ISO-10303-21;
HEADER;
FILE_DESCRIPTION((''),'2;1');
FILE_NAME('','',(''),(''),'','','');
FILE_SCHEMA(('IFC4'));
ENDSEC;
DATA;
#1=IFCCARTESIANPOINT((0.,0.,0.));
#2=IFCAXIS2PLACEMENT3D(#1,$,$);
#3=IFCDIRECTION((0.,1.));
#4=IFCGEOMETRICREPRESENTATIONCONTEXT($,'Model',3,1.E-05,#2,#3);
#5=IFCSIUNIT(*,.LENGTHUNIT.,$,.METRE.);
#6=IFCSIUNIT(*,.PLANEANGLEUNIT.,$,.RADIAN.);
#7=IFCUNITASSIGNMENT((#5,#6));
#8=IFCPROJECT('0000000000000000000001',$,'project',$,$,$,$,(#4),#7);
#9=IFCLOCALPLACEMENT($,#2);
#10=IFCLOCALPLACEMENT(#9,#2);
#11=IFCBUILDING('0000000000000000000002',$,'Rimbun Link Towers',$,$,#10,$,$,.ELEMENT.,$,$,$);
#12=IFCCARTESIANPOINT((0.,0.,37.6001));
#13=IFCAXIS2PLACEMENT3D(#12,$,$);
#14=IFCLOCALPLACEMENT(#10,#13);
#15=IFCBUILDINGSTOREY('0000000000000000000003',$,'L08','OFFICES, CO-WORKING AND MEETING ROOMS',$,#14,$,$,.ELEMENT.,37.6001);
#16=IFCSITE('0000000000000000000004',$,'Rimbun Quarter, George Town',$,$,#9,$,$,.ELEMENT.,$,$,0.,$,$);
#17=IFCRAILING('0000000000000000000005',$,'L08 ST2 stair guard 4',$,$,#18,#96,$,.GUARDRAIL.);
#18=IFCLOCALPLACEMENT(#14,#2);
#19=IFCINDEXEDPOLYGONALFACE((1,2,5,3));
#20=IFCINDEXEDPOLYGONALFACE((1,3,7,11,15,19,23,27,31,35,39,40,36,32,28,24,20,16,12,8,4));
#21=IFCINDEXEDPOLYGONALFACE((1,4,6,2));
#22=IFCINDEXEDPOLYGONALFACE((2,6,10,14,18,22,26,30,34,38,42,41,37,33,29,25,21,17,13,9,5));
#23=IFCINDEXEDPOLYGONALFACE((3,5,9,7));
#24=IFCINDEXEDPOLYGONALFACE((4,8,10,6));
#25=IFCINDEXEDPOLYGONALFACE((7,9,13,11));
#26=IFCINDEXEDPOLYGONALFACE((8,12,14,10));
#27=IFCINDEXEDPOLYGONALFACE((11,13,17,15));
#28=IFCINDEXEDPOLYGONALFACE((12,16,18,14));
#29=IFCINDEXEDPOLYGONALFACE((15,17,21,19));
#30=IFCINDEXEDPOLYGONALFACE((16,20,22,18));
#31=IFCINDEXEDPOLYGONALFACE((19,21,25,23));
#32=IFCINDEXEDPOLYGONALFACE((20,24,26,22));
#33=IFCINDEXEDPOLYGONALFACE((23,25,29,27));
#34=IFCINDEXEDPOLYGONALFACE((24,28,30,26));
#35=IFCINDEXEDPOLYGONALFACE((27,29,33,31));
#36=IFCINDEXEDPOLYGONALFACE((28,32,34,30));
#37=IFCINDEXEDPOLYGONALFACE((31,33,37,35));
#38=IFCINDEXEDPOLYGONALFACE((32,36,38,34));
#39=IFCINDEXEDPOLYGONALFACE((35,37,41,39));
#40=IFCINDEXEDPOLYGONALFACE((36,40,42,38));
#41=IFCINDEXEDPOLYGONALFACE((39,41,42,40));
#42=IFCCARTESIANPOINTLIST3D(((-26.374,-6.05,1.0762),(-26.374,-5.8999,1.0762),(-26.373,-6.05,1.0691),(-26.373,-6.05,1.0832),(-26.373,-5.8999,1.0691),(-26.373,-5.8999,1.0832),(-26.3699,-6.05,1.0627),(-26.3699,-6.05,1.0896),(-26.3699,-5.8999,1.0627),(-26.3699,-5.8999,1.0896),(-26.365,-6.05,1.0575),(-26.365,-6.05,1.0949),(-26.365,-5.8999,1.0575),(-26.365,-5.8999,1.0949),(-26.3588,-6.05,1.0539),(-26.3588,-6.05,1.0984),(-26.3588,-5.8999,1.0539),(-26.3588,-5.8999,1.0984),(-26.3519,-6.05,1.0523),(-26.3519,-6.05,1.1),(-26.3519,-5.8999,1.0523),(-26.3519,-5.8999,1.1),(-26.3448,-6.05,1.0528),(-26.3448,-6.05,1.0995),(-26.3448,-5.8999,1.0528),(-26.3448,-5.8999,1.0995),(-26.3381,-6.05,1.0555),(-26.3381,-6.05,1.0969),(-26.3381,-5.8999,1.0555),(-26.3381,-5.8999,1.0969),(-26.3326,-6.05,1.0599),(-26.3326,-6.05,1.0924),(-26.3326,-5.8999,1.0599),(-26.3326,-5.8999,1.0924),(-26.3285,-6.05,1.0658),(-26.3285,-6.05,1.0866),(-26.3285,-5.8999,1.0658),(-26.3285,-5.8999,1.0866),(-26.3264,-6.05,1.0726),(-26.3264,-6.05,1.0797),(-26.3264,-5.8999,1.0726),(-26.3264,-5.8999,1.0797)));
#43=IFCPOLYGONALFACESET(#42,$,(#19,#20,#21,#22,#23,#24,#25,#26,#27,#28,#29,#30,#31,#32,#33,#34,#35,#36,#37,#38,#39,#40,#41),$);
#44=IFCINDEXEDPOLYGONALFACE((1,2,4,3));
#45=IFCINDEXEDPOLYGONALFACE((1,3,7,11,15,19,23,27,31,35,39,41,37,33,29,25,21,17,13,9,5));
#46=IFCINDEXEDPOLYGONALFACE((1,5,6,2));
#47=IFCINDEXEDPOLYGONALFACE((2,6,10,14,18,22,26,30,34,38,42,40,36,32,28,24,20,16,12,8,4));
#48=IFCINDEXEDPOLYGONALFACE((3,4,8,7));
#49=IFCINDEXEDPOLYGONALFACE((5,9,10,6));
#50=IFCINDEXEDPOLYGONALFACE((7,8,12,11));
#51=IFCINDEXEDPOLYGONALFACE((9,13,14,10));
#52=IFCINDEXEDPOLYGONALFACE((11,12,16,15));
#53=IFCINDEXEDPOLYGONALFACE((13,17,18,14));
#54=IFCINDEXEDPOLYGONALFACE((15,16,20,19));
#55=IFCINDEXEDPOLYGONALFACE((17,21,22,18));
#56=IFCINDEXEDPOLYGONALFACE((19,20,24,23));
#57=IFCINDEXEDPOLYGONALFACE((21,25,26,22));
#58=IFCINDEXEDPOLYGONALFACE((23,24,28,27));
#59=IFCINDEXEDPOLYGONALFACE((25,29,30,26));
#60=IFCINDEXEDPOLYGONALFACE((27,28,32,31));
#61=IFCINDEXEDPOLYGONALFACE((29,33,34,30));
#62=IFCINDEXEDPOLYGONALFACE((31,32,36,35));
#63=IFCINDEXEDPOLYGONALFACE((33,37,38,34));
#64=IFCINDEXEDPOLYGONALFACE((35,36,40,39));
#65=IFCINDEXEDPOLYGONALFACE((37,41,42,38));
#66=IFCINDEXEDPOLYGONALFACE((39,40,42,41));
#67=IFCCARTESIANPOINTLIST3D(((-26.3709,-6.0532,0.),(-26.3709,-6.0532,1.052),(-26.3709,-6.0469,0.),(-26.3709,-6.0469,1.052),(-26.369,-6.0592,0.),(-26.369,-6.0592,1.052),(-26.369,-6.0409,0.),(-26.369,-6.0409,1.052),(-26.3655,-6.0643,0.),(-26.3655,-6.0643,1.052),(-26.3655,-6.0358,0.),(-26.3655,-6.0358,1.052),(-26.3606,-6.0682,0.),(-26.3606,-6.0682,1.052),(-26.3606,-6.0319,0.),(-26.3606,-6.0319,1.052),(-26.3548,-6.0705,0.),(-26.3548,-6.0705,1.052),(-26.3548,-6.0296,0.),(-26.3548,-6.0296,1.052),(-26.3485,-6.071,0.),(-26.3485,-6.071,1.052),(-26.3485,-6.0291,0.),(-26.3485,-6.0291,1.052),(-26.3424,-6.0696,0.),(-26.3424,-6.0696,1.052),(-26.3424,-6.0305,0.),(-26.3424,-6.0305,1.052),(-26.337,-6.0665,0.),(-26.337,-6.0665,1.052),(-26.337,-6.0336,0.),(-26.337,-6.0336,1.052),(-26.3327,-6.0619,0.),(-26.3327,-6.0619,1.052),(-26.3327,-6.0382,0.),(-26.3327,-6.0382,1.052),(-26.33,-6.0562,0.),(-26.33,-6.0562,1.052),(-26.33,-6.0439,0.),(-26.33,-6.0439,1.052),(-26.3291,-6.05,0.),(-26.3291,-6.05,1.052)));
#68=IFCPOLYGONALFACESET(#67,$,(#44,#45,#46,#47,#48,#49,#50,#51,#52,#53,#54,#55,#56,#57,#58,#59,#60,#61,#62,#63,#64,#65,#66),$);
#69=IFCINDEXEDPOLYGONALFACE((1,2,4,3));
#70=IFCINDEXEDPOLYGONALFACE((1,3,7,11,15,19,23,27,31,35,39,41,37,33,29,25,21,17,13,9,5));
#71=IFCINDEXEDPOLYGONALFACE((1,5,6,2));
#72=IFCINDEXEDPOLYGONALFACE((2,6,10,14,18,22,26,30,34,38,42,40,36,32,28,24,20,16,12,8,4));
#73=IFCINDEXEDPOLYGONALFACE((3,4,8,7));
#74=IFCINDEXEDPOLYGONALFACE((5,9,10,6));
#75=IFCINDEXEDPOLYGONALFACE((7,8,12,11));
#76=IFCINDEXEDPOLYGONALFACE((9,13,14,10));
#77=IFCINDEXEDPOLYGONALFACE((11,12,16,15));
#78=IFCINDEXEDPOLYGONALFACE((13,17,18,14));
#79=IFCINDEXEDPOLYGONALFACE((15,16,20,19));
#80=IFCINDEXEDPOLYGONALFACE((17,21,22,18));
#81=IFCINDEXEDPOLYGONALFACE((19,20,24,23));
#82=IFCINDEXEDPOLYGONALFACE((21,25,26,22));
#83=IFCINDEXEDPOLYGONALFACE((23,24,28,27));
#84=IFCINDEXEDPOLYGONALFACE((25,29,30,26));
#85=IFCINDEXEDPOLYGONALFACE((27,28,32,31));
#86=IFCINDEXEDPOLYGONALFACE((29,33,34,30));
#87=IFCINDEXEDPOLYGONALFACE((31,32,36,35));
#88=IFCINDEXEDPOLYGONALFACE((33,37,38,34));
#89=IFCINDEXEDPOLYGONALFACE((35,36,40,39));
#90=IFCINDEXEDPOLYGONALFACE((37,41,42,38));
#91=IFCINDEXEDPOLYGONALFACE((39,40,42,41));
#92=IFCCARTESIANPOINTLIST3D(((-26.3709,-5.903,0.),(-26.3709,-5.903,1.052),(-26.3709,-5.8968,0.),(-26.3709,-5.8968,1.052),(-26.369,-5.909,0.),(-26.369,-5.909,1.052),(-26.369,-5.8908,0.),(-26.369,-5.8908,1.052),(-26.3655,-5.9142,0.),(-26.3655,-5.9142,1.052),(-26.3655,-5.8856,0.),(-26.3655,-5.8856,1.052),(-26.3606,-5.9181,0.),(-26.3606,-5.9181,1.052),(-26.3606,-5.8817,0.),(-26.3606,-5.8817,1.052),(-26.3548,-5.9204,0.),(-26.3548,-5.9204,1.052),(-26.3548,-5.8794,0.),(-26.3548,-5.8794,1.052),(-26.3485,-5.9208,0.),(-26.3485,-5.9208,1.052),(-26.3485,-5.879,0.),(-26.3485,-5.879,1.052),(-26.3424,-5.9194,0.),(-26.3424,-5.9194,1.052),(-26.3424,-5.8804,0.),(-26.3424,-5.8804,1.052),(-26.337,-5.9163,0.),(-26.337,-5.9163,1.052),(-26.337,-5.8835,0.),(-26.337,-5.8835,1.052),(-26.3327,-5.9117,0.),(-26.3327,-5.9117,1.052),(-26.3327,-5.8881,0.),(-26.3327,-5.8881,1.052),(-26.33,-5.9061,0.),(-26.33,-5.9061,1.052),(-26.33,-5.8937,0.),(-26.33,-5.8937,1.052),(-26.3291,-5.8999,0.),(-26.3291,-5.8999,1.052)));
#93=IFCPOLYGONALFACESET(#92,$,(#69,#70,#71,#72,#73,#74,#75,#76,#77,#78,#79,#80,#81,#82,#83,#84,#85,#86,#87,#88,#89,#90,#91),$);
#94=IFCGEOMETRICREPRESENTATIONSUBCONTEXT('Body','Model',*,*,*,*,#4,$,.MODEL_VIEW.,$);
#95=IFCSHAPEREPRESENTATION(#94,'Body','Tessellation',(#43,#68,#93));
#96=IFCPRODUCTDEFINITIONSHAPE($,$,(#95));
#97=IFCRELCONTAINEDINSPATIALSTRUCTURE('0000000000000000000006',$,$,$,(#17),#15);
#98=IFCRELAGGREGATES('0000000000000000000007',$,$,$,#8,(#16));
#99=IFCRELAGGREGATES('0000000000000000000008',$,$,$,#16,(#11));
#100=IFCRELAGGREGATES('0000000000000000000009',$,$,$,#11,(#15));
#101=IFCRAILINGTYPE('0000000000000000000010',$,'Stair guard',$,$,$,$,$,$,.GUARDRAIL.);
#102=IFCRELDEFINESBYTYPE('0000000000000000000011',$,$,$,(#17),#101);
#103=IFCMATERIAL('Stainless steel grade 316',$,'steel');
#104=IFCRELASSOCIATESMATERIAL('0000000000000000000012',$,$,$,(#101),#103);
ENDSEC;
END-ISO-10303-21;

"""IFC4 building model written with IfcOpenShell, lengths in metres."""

from ifc_helpers import new_model, si_unit, direction, frame, origin, origin_2d, place, context, subcontext, project, spatial, circle, extrude, material, type_object, element, save


model = new_model("IFC4")

# Units and contexts
model_context = context("Model", 3, precision=1e-05, world=origin(), true_north=direction((0.0, 1.0)))
body_context = subcontext(model_context, "Body", "Model", "MODEL_VIEW")
ifc_project = project(units=[si_unit("LENGTHUNIT", "METRE"), si_unit("PLANEANGLEUNIT", "RADIAN")], contexts=[model_context])

# Site, building, storey
site_placement = place(None, origin())
site = spatial("IfcSite", under=ifc_project, at=site_placement, Name="Rimbun Quarter, George Town", CompositionType="ELEMENT", RefElevation=0.0)
building_placement = place(site_placement, origin())
building = spatial("IfcBuilding", under=site, at=building_placement, Name="Rimbun Link Towers", CompositionType="ELEMENT")
storey_placement = place(building_placement, frame((0.0, 0.0, 37.6001)))
storey = spatial("IfcBuildingStorey", under=building, at=storey_placement, Name="L08", Description="OFFICES, CO-WORKING AND MEETING ROOMS", CompositionType="ELEMENT", Elevation=37.6001)

# Railing
ifc_material_1 = material(Name="Stainless steel grade 316", Category="steel")
railing_type_1 = type_object("IfcRailingType", Name="Stair guard", PredefinedType="GUARDRAIL", material=ifc_material_1)
railing_1_placement = place(storey_placement, frame((-26.3501, -6.05, 0.0)))
element("IfcRailing", 1, at=railing_1_placement, inside=storey, type_object=railing_type_1, Name="L08 ST2 stair guard 4", PredefinedType="GUARDRAIL", context=body_context, shape_type="SweptSolid", body=[
    extrude(circle(Radius=0.0239, at=origin_2d()), frame((0.0, 0.0, 1.0762), z_axis=(0.0, 1.0, 0.0), x_axis=(-1.0, 0.0, 0.0)), (0.0, 0.0, 1.0), 0.1501),
    extrude(circle(Radius=0.021, at=origin_2d()), origin(), (0.0, 0.0, 1.0), 1.052),
    extrude(circle(Radius=0.021, at=origin_2d()), frame((0.0, 0.1501, 0.0)), (0.0, 0.0, 1.0), 1.052),
])

save(model, "model.ifc")
